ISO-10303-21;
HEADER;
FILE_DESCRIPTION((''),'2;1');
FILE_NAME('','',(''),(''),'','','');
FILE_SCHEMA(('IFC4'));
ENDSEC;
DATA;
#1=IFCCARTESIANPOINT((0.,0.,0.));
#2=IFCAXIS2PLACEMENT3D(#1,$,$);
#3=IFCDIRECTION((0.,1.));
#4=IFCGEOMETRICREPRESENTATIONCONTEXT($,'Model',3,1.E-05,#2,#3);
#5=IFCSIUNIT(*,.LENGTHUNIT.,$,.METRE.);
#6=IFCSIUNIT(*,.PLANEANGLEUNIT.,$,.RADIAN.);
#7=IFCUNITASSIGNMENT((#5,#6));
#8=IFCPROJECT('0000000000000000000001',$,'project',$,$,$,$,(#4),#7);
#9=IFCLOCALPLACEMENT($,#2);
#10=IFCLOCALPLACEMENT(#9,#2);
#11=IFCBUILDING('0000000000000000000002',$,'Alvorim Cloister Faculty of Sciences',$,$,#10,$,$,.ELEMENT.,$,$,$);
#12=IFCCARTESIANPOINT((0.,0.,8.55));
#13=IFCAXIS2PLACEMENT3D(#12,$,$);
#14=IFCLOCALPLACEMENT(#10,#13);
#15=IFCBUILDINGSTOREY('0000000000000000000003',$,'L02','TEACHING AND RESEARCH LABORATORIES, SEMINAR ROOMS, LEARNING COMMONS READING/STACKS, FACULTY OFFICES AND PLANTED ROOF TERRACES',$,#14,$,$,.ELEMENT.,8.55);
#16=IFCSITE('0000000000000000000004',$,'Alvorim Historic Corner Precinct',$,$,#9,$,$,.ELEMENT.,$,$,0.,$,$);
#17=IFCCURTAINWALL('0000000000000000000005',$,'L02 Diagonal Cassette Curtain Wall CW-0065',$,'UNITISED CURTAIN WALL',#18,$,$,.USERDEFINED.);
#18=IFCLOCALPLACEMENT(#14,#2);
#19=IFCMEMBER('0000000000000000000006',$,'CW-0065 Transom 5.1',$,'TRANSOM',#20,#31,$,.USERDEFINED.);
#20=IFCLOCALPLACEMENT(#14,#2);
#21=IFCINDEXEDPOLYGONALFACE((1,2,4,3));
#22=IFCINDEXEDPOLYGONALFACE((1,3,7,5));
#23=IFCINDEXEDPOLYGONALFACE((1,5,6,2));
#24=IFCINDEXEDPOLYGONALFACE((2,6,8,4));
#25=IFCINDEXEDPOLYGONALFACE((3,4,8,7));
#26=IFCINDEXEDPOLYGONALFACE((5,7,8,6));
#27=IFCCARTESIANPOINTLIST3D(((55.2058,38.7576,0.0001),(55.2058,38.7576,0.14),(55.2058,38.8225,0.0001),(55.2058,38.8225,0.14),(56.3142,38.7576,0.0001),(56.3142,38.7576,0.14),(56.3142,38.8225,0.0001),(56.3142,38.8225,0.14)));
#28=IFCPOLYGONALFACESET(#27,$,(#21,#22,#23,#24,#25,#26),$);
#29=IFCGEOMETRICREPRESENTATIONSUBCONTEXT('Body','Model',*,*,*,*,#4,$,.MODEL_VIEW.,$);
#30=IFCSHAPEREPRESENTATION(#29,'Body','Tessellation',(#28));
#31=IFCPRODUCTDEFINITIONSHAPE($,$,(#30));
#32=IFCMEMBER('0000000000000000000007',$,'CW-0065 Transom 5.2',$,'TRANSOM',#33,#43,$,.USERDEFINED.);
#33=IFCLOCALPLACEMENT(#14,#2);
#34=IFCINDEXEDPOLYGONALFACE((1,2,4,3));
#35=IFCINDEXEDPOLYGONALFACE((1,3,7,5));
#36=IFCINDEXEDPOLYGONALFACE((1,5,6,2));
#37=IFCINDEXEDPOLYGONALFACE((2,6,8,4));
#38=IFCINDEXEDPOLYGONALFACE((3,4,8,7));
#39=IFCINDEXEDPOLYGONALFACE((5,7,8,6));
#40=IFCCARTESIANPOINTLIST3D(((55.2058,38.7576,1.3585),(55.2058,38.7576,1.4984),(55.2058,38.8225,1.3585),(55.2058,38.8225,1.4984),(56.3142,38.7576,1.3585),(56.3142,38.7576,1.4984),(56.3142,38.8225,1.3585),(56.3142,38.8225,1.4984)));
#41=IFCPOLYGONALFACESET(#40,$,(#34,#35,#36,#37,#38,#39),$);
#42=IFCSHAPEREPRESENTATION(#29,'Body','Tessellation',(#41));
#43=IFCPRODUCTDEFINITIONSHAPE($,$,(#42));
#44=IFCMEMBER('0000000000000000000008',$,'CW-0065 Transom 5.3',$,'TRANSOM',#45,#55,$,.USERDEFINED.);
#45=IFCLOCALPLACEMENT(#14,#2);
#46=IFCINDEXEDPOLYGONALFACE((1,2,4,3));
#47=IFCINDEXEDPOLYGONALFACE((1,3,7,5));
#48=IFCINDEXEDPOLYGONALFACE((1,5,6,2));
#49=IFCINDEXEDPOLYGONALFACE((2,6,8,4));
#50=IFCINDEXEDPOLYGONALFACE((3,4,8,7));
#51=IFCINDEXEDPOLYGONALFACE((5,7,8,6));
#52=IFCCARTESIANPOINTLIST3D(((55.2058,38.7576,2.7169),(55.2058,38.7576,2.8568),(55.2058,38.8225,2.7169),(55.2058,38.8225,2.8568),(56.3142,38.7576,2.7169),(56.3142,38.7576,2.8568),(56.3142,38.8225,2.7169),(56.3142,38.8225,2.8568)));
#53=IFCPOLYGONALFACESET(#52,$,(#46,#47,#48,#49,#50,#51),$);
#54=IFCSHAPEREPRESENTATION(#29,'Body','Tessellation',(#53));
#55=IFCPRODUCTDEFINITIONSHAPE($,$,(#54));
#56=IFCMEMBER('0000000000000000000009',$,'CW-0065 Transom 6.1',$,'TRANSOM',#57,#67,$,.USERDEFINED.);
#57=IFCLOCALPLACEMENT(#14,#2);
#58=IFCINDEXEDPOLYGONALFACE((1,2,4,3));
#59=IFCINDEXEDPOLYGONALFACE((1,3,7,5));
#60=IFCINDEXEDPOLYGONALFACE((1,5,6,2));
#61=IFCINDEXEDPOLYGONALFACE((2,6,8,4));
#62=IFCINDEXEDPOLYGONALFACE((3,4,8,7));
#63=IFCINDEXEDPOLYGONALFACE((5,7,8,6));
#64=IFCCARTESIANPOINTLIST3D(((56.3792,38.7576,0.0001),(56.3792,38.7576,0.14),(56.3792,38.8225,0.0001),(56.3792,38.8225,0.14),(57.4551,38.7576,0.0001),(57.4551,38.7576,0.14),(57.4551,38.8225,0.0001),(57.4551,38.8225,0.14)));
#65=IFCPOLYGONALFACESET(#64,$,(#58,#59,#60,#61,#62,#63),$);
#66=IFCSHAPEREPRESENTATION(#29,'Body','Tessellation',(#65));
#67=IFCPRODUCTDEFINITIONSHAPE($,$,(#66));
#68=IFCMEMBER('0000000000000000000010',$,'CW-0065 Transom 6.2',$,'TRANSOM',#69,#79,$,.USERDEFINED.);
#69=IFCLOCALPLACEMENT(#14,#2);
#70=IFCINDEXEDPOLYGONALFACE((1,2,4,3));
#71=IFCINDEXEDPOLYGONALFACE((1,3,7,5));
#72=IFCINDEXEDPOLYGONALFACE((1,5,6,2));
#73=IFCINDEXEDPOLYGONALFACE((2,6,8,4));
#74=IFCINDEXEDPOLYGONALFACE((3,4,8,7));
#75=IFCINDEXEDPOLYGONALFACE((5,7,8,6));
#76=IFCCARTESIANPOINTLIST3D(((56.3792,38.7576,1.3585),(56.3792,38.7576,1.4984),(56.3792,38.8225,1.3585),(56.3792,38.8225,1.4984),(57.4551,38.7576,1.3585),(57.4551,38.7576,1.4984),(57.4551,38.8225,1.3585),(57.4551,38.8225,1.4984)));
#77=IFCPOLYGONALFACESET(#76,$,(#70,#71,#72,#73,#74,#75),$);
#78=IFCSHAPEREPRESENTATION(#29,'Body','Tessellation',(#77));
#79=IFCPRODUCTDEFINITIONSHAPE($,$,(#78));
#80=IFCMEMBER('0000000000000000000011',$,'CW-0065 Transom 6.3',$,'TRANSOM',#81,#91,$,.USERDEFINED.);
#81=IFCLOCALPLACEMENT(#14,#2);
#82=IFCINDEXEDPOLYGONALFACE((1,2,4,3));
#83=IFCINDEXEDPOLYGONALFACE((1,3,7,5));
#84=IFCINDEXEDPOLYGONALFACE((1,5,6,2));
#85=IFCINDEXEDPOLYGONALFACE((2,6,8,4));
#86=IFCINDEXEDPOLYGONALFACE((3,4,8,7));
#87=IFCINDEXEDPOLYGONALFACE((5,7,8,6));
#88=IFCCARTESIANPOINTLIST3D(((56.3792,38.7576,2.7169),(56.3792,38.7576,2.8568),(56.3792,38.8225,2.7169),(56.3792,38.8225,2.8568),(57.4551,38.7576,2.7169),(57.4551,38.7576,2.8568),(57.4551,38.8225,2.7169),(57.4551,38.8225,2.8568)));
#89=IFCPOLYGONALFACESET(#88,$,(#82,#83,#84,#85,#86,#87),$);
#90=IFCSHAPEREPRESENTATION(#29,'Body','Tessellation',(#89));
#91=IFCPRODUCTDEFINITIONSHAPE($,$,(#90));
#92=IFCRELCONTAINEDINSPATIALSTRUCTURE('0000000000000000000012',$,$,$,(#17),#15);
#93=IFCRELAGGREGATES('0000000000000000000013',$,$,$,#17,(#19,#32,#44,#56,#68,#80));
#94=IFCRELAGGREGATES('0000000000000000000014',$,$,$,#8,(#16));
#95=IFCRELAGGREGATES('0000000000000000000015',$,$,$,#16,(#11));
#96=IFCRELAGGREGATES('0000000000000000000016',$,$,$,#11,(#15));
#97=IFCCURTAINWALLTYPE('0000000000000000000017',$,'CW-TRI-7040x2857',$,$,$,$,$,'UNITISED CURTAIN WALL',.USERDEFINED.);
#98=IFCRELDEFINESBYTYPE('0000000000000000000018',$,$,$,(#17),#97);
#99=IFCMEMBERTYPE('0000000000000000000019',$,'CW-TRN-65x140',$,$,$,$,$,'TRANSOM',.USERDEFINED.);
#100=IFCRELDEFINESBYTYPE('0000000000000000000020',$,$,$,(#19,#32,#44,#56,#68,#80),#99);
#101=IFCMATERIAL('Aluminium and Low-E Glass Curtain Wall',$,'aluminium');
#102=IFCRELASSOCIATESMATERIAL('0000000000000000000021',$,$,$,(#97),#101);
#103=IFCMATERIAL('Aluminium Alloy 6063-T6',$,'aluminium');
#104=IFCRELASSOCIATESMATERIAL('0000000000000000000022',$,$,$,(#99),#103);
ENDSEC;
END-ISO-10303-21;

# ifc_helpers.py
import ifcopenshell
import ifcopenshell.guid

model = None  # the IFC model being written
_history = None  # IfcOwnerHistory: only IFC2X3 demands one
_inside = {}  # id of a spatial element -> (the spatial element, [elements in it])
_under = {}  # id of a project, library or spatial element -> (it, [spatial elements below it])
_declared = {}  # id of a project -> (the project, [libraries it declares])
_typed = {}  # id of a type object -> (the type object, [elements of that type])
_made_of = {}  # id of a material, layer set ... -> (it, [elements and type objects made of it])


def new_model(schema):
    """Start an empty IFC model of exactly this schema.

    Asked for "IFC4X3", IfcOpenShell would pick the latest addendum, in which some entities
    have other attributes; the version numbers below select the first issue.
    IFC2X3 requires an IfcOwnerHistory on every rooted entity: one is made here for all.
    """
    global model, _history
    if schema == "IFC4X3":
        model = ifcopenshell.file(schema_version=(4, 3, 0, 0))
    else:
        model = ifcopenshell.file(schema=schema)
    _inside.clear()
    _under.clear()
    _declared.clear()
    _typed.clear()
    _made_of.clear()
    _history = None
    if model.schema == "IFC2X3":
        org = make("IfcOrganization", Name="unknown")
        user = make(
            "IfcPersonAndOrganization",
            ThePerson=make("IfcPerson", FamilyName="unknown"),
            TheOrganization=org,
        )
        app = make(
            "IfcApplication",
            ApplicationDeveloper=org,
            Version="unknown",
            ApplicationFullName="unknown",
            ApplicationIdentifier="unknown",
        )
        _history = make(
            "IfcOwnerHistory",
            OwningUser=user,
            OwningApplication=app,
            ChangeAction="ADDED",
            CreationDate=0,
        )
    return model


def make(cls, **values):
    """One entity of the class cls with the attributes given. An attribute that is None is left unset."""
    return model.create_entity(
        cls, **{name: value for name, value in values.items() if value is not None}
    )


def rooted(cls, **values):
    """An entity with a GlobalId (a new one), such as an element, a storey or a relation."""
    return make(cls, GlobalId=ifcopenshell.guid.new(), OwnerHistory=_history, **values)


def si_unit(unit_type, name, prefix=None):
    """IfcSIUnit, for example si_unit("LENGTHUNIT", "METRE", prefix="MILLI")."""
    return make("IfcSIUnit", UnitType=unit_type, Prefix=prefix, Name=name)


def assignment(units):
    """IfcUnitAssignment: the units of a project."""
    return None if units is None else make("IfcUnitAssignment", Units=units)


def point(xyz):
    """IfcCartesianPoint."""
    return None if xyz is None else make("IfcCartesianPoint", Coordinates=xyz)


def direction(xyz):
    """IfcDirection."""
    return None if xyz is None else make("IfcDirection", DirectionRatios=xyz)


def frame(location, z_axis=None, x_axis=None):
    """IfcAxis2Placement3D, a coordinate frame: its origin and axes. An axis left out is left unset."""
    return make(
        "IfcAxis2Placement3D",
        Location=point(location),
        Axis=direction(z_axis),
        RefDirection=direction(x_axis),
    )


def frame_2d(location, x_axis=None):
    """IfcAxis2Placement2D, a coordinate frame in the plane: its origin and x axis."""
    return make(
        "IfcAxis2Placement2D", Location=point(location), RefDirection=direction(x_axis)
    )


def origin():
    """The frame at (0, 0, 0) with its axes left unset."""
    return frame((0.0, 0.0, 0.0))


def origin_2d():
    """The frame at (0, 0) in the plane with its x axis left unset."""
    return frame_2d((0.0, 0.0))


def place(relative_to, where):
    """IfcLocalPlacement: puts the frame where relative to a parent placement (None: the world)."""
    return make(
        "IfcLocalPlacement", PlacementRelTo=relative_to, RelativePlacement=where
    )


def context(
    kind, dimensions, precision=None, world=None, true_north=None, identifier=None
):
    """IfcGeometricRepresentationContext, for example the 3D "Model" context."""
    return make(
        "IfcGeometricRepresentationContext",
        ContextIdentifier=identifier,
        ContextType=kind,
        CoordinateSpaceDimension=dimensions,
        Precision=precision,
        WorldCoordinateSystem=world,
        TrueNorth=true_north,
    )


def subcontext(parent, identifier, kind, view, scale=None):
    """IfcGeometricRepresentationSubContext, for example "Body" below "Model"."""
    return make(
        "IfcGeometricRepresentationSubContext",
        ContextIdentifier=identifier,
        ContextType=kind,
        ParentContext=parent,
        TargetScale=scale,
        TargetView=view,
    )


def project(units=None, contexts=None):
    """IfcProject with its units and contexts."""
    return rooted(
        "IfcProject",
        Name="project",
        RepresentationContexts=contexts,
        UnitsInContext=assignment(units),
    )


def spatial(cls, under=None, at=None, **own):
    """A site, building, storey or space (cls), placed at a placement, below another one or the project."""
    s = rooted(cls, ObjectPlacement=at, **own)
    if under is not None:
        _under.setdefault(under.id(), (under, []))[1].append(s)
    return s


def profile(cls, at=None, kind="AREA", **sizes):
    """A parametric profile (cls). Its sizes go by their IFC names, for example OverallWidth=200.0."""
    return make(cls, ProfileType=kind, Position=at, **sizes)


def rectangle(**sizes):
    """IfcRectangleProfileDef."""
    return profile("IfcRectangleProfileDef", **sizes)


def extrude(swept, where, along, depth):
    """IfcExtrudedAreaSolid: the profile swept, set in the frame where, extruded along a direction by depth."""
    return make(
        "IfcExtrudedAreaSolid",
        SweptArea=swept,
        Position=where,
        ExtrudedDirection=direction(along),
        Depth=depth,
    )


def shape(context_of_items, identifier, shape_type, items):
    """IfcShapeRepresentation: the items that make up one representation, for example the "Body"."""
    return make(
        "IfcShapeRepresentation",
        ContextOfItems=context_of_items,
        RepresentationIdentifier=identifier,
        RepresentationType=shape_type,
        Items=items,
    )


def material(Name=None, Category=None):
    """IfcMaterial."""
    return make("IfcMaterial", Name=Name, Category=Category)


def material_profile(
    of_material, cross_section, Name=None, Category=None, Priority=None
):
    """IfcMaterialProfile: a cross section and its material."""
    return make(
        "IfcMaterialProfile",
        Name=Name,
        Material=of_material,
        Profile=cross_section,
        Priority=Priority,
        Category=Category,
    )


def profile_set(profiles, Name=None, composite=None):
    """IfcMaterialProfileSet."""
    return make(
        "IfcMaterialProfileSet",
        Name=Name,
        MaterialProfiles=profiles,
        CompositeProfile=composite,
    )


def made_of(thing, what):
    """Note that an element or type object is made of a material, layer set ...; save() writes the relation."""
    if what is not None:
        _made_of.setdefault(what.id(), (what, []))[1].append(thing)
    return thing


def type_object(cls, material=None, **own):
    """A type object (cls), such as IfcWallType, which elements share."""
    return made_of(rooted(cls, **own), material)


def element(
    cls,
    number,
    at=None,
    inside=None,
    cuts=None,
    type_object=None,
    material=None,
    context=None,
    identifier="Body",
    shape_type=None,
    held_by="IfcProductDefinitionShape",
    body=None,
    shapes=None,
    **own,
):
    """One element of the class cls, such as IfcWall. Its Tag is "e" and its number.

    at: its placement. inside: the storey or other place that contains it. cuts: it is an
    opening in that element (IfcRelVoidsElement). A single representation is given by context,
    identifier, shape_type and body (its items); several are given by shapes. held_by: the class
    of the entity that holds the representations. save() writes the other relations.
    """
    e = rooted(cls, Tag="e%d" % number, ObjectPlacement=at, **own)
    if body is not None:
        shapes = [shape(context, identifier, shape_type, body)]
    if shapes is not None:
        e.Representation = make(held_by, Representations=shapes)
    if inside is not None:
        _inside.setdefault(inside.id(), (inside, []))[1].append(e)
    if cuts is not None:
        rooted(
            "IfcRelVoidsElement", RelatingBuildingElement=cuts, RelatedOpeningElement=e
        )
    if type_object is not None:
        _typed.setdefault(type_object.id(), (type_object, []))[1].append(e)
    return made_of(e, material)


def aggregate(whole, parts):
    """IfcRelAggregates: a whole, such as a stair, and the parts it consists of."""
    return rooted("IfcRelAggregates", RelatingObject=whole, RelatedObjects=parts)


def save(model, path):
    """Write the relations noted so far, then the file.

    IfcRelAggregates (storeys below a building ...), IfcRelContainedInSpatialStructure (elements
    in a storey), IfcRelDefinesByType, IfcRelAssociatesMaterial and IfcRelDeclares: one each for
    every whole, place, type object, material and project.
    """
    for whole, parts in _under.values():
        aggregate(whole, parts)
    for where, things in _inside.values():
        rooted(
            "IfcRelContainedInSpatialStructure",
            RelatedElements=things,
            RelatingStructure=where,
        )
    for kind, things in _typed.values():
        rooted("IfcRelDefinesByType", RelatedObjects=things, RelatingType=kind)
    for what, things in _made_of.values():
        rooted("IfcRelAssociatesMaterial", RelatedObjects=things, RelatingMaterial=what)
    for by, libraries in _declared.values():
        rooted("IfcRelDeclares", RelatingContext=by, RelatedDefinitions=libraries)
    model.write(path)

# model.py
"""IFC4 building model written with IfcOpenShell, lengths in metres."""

from ifc_helpers import new_model, si_unit, direction, frame, origin, origin_2d, place, context, subcontext, project, spatial, rectangle, extrude, material, material_profile, profile_set, type_object, element, aggregate, save


model = new_model("IFC4")

# Units and contexts
model_context = context("Model", 3, precision=1e-05, world=origin(), true_north=direction((0.0, 1.0)))
body_context = subcontext(model_context, "Body", "Model", "MODEL_VIEW")
ifc_project = project(units=[si_unit("LENGTHUNIT", "METRE"), si_unit("PLANEANGLEUNIT", "RADIAN")], contexts=[model_context])

# Site, building, storey
site_placement = place(None, origin())
site = spatial("IfcSite", under=ifc_project, at=site_placement, Name="Alvorim Historic Corner Precinct", CompositionType="ELEMENT", RefElevation=0.0)
building_placement = place(site_placement, origin())
building = spatial("IfcBuilding", under=site, at=building_placement, Name="Alvorim Cloister Faculty of Sciences", CompositionType="ELEMENT")
storey_placement = place(building_placement, frame((0.0, 0.0, 8.55)))
storey = spatial("IfcBuildingStorey", under=building, at=storey_placement, Name="L02", Description="TEACHING AND RESEARCH LABORATORIES, SEMINAR ROOMS, LEARNING COMMONS READING/STACKS, FACULTY OFFICES AND PLANTED ROOF TERRACES", CompositionType="ELEMENT", Elevation=8.55)

# Curtain wall, members
ifc_material_1 = material(Name="Aluminium and Low-E Glass Curtain Wall", Category="aluminium")
curtain_wall_type = type_object("IfcCurtainWallType", Name="CW-TRI-7040x2857", ElementType="UNITISED CURTAIN WALL", PredefinedType="USERDEFINED", material=ifc_material_1)
curtain_wall_placement = place(storey_placement, origin())
curtain_wall = element("IfcCurtainWall", 1, at=curtain_wall_placement, inside=storey, type_object=curtain_wall_type, Name="L02 Diagonal Cassette Curtain Wall CW-0065", ObjectType="UNITISED CURTAIN WALL", PredefinedType="USERDEFINED")
ifc_material_2 = material(Name="Aluminium Alloy 6063-T6", Category="aluminium")
ifc_material_profile_1 = material_profile(ifc_material_2, rectangle(XDim=0.0649, YDim=0.1399, at=origin_2d()), Name="ALU-TRN-65x140")
ifc_profile_set_1 = profile_set([ifc_material_profile_1], Name="Aluminium Alloy 6063-T6")
member_type_1 = type_object("IfcMemberType", Name="CW-TRN-65x140", ElementType="TRANSOM", PredefinedType="USERDEFINED", material=ifc_profile_set_1)
member_1_placement = place(storey_placement, frame((55.2058, 38.79, 0.0701), z_axis=(1.0, 0.0, 0.0), x_axis=(0.0, 1.0, 0.0)))
member_1 = element("IfcMember", 2, at=member_1_placement, type_object=member_type_1, Name="CW-0065 Transom 5.1", ObjectType="TRANSOM", PredefinedType="USERDEFINED", context=body_context, shape_type="SweptSolid", body=[
    extrude(rectangle(XDim=0.0649, YDim=0.1399, at=origin_2d()), origin(), (0.0, 0.0, 1.0), 1.1084),
])
member_2_placement = place(storey_placement, frame((55.2058, 38.79, 1.4285), z_axis=(1.0, 0.0, 0.0), x_axis=(0.0, 1.0, 0.0)))
member_2 = element("IfcMember", 3, at=member_2_placement, type_object=member_type_1, Name="CW-0065 Transom 5.2", ObjectType="TRANSOM", PredefinedType="USERDEFINED", context=body_context, shape_type="SweptSolid", body=[
    extrude(rectangle(XDim=0.0649, YDim=0.1399, at=origin_2d()), origin(), (0.0, 0.0, 1.0), 1.1084),
])
member_3_placement = place(storey_placement, frame((55.2058, 38.79, 2.7869), z_axis=(1.0, 0.0, 0.0), x_axis=(0.0, 1.0, 0.0)))
member_3 = element("IfcMember", 4, at=member_3_placement, type_object=member_type_1, Name="CW-0065 Transom 5.3", ObjectType="TRANSOM", PredefinedType="USERDEFINED", context=body_context, shape_type="SweptSolid", body=[
    extrude(rectangle(XDim=0.0649, YDim=0.1399, at=origin_2d()), origin(), (0.0, 0.0, 1.0), 1.1084),
])
member_4_placement = place(storey_placement, frame((56.3792, 38.79, 0.0701), z_axis=(1.0, 0.0, 0.0), x_axis=(0.0, 1.0, 0.0)))
member_4 = element("IfcMember", 5, at=member_4_placement, type_object=member_type_1, Name="CW-0065 Transom 6.1", ObjectType="TRANSOM", PredefinedType="USERDEFINED", context=body_context, shape_type="SweptSolid", body=[
    extrude(rectangle(XDim=0.0649, YDim=0.1399, at=origin_2d()), origin(), (0.0, 0.0, 1.0), 1.0759),
])
member_5_placement = place(storey_placement, frame((56.3792, 38.79, 1.4285), z_axis=(1.0, 0.0, 0.0), x_axis=(0.0, 1.0, 0.0)))
member_5 = element("IfcMember", 6, at=member_5_placement, type_object=member_type_1, Name="CW-0065 Transom 6.2", ObjectType="TRANSOM", PredefinedType="USERDEFINED", context=body_context, shape_type="SweptSolid", body=[
    extrude(rectangle(XDim=0.0649, YDim=0.1399, at=origin_2d()), origin(), (0.0, 0.0, 1.0), 1.0759),
])
member_6_placement = place(storey_placement, frame((56.3792, 38.79, 2.7869), z_axis=(1.0, 0.0, 0.0), x_axis=(0.0, 1.0, 0.0)))
member_6 = element("IfcMember", 7, at=member_6_placement, type_object=member_type_1, Name="CW-0065 Transom 6.3", ObjectType="TRANSOM", PredefinedType="USERDEFINED", context=body_context, shape_type="SweptSolid", body=[
    extrude(rectangle(XDim=0.0649, YDim=0.1399, at=origin_2d()), origin(), (0.0, 0.0, 1.0), 1.0759),
])
aggregate(curtain_wall, [member_1, member_2, member_3, member_4, member_5, member_6])

save(model, "model.ifc")
